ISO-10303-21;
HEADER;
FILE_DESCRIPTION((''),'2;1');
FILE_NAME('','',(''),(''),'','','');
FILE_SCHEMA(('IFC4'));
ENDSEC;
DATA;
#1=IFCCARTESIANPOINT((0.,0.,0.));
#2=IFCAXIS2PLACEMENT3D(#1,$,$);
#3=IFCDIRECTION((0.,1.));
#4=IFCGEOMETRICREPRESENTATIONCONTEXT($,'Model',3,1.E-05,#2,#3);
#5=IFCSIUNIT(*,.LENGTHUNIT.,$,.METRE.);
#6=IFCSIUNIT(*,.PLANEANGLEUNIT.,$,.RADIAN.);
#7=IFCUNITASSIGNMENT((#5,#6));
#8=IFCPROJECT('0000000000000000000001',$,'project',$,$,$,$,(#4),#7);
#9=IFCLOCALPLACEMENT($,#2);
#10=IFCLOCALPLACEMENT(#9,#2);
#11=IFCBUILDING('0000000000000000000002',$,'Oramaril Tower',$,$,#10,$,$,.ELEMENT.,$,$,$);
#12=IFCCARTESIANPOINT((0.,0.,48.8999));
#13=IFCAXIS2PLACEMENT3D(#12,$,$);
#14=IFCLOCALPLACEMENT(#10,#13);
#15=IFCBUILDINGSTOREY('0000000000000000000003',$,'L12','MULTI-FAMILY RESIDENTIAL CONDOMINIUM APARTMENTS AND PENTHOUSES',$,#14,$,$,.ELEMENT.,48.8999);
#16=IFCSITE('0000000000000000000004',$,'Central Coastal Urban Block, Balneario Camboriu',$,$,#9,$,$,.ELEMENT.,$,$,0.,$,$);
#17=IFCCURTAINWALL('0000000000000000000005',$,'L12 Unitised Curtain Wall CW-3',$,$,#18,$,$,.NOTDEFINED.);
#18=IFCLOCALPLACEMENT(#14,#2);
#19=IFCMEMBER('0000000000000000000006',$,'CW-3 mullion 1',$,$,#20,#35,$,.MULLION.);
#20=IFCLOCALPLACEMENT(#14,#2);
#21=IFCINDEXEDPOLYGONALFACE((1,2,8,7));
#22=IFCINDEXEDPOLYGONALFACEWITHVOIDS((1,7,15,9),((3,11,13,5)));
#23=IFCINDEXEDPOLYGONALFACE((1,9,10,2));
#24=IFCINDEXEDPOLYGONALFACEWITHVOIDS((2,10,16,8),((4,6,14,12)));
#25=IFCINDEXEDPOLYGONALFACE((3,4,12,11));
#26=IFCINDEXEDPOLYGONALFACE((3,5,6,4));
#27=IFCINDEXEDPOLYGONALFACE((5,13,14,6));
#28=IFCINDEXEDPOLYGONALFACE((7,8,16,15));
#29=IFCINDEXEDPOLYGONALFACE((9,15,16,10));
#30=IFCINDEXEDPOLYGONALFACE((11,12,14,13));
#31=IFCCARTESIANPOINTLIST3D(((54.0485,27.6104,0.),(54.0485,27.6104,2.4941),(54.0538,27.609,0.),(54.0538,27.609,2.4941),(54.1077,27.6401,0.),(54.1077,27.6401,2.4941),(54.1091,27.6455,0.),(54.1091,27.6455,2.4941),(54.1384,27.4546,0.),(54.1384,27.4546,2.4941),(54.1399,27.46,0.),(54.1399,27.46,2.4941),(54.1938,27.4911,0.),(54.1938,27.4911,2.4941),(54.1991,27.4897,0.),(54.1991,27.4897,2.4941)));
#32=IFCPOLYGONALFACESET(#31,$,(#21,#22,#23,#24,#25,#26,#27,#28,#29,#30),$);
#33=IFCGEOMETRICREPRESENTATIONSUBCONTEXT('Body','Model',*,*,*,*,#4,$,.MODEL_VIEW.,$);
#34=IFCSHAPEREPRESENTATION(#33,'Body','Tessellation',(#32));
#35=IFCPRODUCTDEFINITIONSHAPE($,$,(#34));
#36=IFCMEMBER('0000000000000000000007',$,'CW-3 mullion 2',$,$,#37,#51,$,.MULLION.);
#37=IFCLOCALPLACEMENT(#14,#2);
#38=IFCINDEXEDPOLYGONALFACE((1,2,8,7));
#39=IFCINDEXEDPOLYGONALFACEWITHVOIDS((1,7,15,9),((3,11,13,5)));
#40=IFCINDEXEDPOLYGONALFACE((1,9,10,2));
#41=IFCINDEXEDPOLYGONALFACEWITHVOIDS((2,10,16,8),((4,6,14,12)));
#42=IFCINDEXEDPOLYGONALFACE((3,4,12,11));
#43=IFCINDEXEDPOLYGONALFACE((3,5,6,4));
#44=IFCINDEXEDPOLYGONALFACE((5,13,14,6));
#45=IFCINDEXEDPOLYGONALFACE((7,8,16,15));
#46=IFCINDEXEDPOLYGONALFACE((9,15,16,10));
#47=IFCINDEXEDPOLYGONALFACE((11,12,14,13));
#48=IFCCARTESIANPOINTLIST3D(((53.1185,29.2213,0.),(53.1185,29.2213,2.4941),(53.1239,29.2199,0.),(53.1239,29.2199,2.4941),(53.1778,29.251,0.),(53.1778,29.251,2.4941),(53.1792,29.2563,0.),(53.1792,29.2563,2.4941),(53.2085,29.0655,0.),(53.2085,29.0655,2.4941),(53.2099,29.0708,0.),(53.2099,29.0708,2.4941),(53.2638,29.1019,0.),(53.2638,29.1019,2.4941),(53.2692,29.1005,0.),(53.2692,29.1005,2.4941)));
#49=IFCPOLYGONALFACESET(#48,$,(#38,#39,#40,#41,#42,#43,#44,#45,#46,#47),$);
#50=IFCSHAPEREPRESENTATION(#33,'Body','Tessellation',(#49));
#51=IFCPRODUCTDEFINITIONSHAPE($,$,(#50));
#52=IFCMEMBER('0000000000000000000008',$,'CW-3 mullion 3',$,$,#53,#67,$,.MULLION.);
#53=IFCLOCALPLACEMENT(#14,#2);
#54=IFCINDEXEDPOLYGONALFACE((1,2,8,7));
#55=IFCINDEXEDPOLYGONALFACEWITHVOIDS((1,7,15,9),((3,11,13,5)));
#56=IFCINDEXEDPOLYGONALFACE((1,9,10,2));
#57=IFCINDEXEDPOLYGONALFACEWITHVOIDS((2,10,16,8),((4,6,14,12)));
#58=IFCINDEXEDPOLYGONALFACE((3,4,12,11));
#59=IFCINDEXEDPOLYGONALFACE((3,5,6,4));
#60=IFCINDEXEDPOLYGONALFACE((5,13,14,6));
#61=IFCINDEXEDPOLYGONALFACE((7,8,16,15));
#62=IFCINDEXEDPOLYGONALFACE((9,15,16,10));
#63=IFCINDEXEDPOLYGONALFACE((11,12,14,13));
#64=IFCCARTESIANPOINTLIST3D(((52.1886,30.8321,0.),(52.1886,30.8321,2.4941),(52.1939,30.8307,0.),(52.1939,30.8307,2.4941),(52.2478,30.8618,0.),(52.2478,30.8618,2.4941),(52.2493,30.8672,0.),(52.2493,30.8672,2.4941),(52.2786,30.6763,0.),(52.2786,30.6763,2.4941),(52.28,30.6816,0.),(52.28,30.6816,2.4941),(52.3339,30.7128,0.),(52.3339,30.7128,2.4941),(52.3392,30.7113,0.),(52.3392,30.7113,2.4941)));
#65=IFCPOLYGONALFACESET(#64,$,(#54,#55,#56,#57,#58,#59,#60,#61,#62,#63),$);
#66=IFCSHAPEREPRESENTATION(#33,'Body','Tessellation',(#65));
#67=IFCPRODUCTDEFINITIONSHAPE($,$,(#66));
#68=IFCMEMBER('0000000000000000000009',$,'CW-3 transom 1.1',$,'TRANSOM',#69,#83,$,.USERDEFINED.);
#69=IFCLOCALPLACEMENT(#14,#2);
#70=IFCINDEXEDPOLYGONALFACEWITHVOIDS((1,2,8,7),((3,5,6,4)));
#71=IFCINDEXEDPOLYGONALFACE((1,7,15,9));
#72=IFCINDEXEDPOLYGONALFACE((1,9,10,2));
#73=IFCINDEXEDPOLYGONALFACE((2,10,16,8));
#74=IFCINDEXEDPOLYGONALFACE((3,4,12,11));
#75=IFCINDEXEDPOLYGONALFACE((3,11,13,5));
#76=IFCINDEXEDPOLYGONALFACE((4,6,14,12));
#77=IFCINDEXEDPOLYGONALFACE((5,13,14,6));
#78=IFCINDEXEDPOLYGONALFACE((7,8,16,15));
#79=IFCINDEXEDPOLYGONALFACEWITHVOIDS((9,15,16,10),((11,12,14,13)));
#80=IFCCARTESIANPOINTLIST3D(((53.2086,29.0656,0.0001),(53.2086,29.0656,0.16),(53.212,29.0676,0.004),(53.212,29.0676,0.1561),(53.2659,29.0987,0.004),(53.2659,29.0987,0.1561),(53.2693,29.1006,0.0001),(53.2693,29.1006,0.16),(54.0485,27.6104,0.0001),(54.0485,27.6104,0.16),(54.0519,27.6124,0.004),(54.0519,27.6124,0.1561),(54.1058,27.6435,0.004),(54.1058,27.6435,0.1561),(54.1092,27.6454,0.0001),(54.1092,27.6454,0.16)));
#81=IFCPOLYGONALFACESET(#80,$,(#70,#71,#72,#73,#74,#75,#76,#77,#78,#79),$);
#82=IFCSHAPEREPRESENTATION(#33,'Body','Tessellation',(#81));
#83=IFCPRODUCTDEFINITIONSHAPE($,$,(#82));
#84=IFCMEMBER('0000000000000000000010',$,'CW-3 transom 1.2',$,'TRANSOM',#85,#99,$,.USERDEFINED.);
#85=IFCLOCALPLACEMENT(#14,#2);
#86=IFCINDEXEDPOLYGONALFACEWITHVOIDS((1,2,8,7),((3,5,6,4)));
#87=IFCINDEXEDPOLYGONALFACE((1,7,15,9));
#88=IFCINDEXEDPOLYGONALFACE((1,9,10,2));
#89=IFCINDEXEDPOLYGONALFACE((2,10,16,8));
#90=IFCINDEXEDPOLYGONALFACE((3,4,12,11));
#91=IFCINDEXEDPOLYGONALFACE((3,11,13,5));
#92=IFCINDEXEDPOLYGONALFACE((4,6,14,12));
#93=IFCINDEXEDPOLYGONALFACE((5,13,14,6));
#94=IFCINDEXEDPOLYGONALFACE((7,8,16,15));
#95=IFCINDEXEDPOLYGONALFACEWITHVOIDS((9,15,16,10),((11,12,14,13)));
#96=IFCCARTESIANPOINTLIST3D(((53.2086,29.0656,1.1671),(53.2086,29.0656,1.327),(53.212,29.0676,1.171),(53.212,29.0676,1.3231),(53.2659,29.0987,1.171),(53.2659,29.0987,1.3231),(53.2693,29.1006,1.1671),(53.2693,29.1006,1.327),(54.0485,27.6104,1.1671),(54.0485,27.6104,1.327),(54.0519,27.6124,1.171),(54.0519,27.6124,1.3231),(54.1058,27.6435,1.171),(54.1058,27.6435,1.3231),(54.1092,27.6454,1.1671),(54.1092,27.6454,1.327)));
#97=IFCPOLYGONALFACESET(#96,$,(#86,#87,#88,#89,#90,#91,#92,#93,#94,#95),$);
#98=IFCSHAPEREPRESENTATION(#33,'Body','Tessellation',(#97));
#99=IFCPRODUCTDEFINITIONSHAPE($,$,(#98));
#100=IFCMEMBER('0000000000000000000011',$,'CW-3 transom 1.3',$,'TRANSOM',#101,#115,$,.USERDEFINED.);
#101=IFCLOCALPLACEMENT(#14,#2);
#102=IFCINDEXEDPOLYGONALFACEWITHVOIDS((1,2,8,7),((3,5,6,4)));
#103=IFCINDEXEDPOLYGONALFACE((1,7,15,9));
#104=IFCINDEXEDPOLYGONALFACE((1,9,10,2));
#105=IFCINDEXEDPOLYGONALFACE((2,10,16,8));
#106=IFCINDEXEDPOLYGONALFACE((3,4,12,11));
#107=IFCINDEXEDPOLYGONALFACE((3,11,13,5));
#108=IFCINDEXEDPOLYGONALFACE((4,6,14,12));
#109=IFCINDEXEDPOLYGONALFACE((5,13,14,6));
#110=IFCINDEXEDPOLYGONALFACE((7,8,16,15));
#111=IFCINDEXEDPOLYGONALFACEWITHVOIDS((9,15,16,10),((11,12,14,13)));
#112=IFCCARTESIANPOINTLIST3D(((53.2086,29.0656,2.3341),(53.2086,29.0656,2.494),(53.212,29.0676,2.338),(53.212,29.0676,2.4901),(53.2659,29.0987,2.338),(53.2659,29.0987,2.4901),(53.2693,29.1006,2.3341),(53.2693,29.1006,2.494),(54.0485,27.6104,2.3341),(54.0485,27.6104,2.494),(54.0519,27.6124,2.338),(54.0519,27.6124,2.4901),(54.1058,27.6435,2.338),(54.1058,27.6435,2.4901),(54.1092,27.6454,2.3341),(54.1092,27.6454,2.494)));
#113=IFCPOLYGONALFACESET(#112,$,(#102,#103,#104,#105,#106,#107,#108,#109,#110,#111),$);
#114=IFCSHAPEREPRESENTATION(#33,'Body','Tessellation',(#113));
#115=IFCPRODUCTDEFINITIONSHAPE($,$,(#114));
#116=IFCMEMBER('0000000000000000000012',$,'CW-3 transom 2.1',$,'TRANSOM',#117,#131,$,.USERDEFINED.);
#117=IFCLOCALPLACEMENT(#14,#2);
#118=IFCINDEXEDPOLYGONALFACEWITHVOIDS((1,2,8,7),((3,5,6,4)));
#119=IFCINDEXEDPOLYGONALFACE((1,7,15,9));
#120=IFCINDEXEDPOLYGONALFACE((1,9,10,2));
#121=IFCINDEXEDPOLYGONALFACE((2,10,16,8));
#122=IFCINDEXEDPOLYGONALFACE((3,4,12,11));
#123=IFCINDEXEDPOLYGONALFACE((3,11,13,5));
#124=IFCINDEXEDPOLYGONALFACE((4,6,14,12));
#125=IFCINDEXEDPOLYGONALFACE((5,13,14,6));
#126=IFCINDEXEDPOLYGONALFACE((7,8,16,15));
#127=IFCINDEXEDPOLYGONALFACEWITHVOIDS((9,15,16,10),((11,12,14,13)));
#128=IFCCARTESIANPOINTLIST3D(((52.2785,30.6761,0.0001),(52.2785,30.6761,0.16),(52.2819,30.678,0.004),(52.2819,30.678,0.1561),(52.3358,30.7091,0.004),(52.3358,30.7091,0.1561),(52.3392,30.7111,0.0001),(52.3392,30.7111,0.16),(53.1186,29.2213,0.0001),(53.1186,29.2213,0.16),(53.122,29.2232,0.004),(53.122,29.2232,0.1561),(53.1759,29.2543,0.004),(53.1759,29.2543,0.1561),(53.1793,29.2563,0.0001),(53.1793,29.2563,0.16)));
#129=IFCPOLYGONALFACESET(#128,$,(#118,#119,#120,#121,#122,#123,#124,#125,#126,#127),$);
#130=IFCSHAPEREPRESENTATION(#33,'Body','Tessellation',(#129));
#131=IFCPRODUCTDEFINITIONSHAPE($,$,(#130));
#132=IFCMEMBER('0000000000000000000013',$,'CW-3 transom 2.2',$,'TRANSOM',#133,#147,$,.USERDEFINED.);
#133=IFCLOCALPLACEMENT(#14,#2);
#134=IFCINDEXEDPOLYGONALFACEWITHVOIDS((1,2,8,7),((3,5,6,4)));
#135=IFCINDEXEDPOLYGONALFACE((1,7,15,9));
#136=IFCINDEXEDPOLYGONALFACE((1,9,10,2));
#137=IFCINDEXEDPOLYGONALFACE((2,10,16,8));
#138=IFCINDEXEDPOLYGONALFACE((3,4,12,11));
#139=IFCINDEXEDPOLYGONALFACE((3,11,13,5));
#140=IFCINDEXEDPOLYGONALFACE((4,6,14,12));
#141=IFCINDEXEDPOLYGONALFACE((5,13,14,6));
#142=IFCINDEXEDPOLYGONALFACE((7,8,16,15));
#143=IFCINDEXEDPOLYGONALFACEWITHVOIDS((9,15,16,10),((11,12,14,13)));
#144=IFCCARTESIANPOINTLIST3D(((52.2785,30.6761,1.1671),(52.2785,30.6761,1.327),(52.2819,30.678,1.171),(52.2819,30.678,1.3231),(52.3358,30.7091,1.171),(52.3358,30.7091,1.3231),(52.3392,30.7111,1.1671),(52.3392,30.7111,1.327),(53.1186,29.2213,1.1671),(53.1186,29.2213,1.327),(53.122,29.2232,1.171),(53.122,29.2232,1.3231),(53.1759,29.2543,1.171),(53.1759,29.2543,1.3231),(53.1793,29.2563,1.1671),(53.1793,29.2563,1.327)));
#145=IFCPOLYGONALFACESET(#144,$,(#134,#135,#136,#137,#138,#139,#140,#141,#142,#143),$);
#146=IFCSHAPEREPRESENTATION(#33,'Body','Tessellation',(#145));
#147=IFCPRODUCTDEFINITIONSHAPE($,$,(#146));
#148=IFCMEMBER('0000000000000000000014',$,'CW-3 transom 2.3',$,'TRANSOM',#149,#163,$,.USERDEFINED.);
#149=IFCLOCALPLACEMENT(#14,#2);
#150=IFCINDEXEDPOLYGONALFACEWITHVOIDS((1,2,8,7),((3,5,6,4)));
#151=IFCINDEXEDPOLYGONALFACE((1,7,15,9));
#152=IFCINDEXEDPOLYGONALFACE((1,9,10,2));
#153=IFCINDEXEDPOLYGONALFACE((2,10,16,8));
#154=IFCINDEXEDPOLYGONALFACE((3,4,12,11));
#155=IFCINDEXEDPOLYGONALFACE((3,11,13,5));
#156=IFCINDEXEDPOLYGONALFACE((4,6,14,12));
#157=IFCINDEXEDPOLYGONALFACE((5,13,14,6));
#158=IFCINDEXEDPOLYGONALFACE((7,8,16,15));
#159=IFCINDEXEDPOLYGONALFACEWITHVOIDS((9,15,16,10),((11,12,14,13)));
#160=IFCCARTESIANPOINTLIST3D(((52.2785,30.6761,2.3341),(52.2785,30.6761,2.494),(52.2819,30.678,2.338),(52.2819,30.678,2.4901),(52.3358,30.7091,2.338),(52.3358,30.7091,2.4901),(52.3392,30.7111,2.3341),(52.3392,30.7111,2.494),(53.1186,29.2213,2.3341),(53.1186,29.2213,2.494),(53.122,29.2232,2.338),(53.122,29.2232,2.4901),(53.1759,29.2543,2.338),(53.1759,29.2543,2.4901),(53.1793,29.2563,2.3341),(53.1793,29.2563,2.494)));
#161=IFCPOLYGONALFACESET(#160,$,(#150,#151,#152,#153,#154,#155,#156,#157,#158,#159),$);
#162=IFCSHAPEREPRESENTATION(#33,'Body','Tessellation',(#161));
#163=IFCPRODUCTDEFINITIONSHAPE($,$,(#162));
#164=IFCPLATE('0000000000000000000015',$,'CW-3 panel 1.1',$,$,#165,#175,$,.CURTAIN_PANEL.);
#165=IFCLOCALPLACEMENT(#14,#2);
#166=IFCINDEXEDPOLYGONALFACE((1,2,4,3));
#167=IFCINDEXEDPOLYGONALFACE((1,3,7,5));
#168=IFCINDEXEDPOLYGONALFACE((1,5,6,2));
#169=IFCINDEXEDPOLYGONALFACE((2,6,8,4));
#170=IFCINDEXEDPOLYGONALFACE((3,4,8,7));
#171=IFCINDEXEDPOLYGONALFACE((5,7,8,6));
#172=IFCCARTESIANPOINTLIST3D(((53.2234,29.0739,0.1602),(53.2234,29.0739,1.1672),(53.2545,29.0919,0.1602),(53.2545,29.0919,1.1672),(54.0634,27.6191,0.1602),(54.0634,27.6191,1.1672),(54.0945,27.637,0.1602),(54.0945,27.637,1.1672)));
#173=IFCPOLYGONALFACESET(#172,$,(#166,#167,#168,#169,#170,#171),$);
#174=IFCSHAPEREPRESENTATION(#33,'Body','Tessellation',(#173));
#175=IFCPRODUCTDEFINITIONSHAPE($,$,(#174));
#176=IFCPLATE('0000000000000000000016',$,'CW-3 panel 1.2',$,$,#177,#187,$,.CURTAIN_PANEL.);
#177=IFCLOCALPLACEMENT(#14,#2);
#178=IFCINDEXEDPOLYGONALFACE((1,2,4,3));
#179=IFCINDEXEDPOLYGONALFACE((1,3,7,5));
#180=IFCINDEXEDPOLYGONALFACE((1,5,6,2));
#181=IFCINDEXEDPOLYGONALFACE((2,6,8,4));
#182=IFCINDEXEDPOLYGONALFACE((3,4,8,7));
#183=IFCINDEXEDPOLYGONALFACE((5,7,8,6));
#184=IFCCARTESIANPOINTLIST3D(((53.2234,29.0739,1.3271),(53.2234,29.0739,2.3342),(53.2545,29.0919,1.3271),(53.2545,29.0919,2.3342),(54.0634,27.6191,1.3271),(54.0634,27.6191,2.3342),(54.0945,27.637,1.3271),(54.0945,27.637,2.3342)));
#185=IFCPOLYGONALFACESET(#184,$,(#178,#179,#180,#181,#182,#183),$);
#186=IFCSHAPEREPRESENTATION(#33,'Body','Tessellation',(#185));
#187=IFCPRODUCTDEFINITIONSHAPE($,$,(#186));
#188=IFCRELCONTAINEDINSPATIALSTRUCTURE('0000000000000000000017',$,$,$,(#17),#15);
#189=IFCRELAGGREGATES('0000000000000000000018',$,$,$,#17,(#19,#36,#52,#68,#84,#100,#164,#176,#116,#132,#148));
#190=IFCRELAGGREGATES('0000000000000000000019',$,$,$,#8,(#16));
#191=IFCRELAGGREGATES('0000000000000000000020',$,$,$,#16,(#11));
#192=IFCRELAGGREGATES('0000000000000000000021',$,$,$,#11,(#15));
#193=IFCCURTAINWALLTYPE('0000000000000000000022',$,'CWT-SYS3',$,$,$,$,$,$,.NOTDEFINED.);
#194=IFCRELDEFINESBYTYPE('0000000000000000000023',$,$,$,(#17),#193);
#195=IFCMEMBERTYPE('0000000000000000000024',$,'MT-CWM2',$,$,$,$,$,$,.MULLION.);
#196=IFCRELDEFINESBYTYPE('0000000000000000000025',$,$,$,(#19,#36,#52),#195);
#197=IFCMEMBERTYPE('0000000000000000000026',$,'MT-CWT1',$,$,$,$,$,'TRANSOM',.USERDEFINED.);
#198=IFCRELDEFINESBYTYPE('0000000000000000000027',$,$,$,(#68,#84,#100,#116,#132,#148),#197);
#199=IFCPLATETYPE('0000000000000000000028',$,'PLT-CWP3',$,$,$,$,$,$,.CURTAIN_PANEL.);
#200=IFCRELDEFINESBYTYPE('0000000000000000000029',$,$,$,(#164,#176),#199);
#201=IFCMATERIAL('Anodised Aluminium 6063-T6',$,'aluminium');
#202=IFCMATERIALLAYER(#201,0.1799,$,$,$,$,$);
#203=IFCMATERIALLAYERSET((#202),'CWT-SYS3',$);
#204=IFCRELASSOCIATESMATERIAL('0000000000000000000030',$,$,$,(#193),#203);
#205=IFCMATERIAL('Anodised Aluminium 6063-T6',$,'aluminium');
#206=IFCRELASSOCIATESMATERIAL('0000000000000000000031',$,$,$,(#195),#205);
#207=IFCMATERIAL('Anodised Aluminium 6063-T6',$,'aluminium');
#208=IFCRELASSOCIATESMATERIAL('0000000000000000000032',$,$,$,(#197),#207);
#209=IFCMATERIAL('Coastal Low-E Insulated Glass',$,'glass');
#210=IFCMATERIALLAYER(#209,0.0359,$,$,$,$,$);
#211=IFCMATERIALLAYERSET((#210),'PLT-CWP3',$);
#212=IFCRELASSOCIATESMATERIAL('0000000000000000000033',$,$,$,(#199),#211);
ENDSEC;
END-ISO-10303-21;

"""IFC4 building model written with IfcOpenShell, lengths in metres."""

from ifc_helpers import new_model, si_unit, direction, frame, origin, origin_2d, place, context, subcontext, project, spatial, rectangle, hollow_rectangle, extrude, material, layer, layer_set, material_profile, profile_set, type_object, element, aggregate, save


model = new_model("IFC4")

# Units and contexts
model_context = context("Model", 3, precision=1e-05, world=origin(), true_north=direction((0.0, 1.0)))
body_context = subcontext(model_context, "Body", "Model", "MODEL_VIEW")
ifc_project = project(units=[si_unit("LENGTHUNIT", "METRE"), si_unit("PLANEANGLEUNIT", "RADIAN")], contexts=[model_context])

# Site, building, storey
site_placement = place(None, origin())
site = spatial("IfcSite", under=ifc_project, at=site_placement, Name="Central Coastal Urban Block, Balneario Camboriu", CompositionType="ELEMENT", RefElevation=0.0)
building_placement = place(site_placement, origin())
building = spatial("IfcBuilding", under=site, at=building_placement, Name="Oramaril Tower", CompositionType="ELEMENT")
storey_placement = place(building_placement, frame((0.0, 0.0, 48.8999)))
storey = spatial("IfcBuildingStorey", under=building, at=storey_placement, Name="L12", Description="MULTI-FAMILY RESIDENTIAL CONDOMINIUM APARTMENTS AND PENTHOUSES", CompositionType="ELEMENT", Elevation=48.8999)

# Curtain wall, members, plates
ifc_material_1 = material(Name="Anodised Aluminium 6063-T6", Category="aluminium")
ifc_layer_1 = layer(ifc_material_1, 0.1799)
ifc_layer_set_1 = layer_set([ifc_layer_1], Name="CWT-SYS3")
curtain_wall_type = type_object("IfcCurtainWallType", Name="CWT-SYS3", PredefinedType="NOTDEFINED", material=ifc_layer_set_1)
curtain_wall_placement = place(storey_placement, origin())
curtain_wall = element("IfcCurtainWall", 1, at=curtain_wall_placement, inside=storey, type_object=curtain_wall_type, Name="L12 Unitised Curtain Wall CW-3", PredefinedType="NOTDEFINED")
ifc_material_2 = material(Name="Anodised Aluminium 6063-T6", Category="aluminium")
ifc_material_profile_1 = material_profile(ifc_material_2, hollow_rectangle(XDim=0.0701, YDim=0.1799, WallThickness=0.0039, at=origin_2d()), Name="CWM180X70")
ifc_profile_set_1 = profile_set([ifc_material_profile_1], Name="Anodised Aluminium 6063-T6")
member_type_1 = type_object("IfcMemberType", Name="MT-CWM2", PredefinedType="MULLION", material=ifc_profile_set_1)
member_1_placement = place(storey_placement, frame((54.1238, 27.55, 0.0), z_axis=(0.0, 0.0, 1.0), x_axis=(-0.866025, -0.5, 0.0)))
member_1 = element("IfcMember", 2, at=member_1_placement, type_object=member_type_1, Name="CW-3 mullion 1", PredefinedType="MULLION", context=body_context, shape_type="SweptSolid", body=[
    extrude(hollow_rectangle(XDim=0.0701, YDim=0.1799, WallThickness=0.0039, at=origin_2d()), origin(), (0.0, 0.0, 1.0), 2.4941),
])
member_2_placement = place(storey_placement, frame((53.1938, 29.1609, 0.0), z_axis=(0.0, 0.0, 1.0), x_axis=(-0.866025, -0.5, 0.0)))
member_2 = element("IfcMember", 3, at=member_2_placement, type_object=member_type_1, Name="CW-3 mullion 2", PredefinedType="MULLION", context=body_context, shape_type="SweptSolid", body=[
    extrude(hollow_rectangle(XDim=0.0701, YDim=0.1799, WallThickness=0.0039, at=origin_2d()), origin(), (0.0, 0.0, 1.0), 2.4941),
])
member_3_placement = place(storey_placement, frame((52.2639, 30.7717, 0.0), z_axis=(0.0, 0.0, 1.0), x_axis=(-0.866025, -0.5, 0.0)))
member_3 = element("IfcMember", 4, at=member_3_placement, type_object=member_type_1, Name="CW-3 mullion 3", PredefinedType="MULLION", context=body_context, shape_type="SweptSolid", body=[
    extrude(hollow_rectangle(XDim=0.0701, YDim=0.1799, WallThickness=0.0039, at=origin_2d()), origin(), (0.0, 0.0, 1.0), 2.4941),
])
ifc_material_3 = material(Name="Anodised Aluminium 6063-T6", Category="aluminium")
ifc_material_profile_2 = material_profile(ifc_material_3, hollow_rectangle(XDim=0.0701, YDim=0.1599, WallThickness=0.0039, at=origin_2d()), Name="CWT160X70")
ifc_profile_set_2 = profile_set([ifc_material_profile_2], Name="Anodised Aluminium 6063-T6")
member_type_2 = type_object("IfcMemberType", Name="MT-CWT1", ElementType="TRANSOM", PredefinedType="USERDEFINED", material=ifc_profile_set_2)
member_4_placement = place(storey_placement, frame((54.0789, 27.6279, 0.0801), z_axis=(-0.49989, 0.866089, 0.0), x_axis=(-0.866089, -0.49989, 0.0)))
member_4 = element("IfcMember", 5, at=member_4_placement, type_object=member_type_2, Name="CW-3 transom 1.1", ObjectType="TRANSOM", PredefinedType="USERDEFINED", context=body_context, shape_type="SweptSolid", body=[
    extrude(hollow_rectangle(XDim=0.0701, YDim=0.1599, WallThickness=0.0039, at=origin_2d()), origin(), (0.0, 0.0, 1.0), 1.6802),
])
member_5_placement = place(storey_placement, frame((54.0789, 27.6279, 1.2471), z_axis=(-0.49989, 0.866089, 0.0), x_axis=(-0.866089, -0.49989, 0.0)))
member_5 = element("IfcMember", 6, at=member_5_placement, type_object=member_type_2, Name="CW-3 transom 1.2", ObjectType="TRANSOM", PredefinedType="USERDEFINED", context=body_context, shape_type="SweptSolid", body=[
    extrude(hollow_rectangle(XDim=0.0701, YDim=0.1599, WallThickness=0.0039, at=origin_2d()), origin(), (0.0, 0.0, 1.0), 1.6802),
])
member_6_placement = place(storey_placement, frame((54.0789, 27.6279, 2.4141), z_axis=(-0.49989, 0.866089, 0.0), x_axis=(-0.866089, -0.49989, 0.0)))
member_6 = element("IfcMember", 7, at=member_6_placement, type_object=member_type_2, Name="CW-3 transom 1.3", ObjectType="TRANSOM", PredefinedType="USERDEFINED", context=body_context, shape_type="SweptSolid", body=[
    extrude(hollow_rectangle(XDim=0.0701, YDim=0.1599, WallThickness=0.0039, at=origin_2d()), origin(), (0.0, 0.0, 1.0), 1.6802),
])
member_7_placement = place(storey_placement, frame((53.1489, 29.2388, 0.0801), z_axis=(-0.500062, 0.86599, 0.0), x_axis=(-0.86599, -0.500062, 0.0)))
member_7 = element("IfcMember", 8, at=member_7_placement, type_object=member_type_2, Name="CW-3 transom 2.1", ObjectType="TRANSOM", PredefinedType="USERDEFINED", context=body_context, shape_type="SweptSolid", body=[
    extrude(hollow_rectangle(XDim=0.0701, YDim=0.1599, WallThickness=0.0039, at=origin_2d()), origin(), (0.0, 0.0, 1.0), 1.6799),
])
member_8_placement = place(storey_placement, frame((53.1489, 29.2388, 1.2471), z_axis=(-0.500062, 0.86599, 0.0), x_axis=(-0.86599, -0.500062, 0.0)))
member_8 = element("IfcMember", 9, at=member_8_placement, type_object=member_type_2, Name="CW-3 transom 2.2", ObjectType="TRANSOM", PredefinedType="USERDEFINED", context=body_context, shape_type="SweptSolid", body=[
    extrude(hollow_rectangle(XDim=0.0701, YDim=0.1599, WallThickness=0.0039, at=origin_2d()), origin(), (0.0, 0.0, 1.0), 1.6799),
])
member_9_placement = place(storey_placement, frame((53.1489, 29.2388, 2.4141), z_axis=(-0.500062, 0.86599, 0.0), x_axis=(-0.86599, -0.500062, 0.0)))
member_9 = element("IfcMember", 10, at=member_9_placement, type_object=member_type_2, Name="CW-3 transom 2.3", ObjectType="TRANSOM", PredefinedType="USERDEFINED", context=body_context, shape_type="SweptSolid", body=[
    extrude(hollow_rectangle(XDim=0.0701, YDim=0.1599, WallThickness=0.0039, at=origin_2d()), origin(), (0.0, 0.0, 1.0), 1.6799),
])
ifc_material_4 = material(Name="Coastal Low-E Insulated Glass", Category="glass")
ifc_layer_2 = layer(ifc_material_4, 0.0359)
ifc_layer_set_2 = layer_set([ifc_layer_2], Name="PLT-CWP3")
plate_type = type_object("IfcPlateType", Name="PLT-CWP3", PredefinedType="CURTAIN_PANEL", material=ifc_layer_set_2)
plate_1_placement = place(storey_placement, frame((53.6589, 28.3555, 0.1602), z_axis=(0.0, 0.0, 1.0), x_axis=(-0.5, 0.866025, 0.0)))
plate_1 = element("IfcPlate", 11, at=plate_1_placement, type_object=plate_type, Name="CW-3 panel 1.1", PredefinedType="CURTAIN_PANEL", context=body_context, shape_type="SweptSolid", body=[
    extrude(rectangle(XDim=1.6799, YDim=0.0359, at=origin_2d()), origin(), (0.0, 0.0, 1.0), 1.0071),
])
plate_2_placement = place(storey_placement, frame((53.6589, 28.3555, 1.3271), z_axis=(0.0, 0.0, 1.0), x_axis=(-0.5, 0.866025, 0.0)))
plate_2 = element("IfcPlate", 12, at=plate_2_placement, type_object=plate_type, Name="CW-3 panel 1.2", PredefinedType="CURTAIN_PANEL", context=body_context, shape_type="SweptSolid", body=[
    extrude(rectangle(XDim=1.6799, YDim=0.0359, at=origin_2d()), origin(), (0.0, 0.0, 1.0), 1.0071),
])
aggregate(curtain_wall, [member_1, member_2, member_3, member_4, member_5, member_6, plate_1, plate_2, member_7, member_8, member_9])

save(model, "model.ifc")
